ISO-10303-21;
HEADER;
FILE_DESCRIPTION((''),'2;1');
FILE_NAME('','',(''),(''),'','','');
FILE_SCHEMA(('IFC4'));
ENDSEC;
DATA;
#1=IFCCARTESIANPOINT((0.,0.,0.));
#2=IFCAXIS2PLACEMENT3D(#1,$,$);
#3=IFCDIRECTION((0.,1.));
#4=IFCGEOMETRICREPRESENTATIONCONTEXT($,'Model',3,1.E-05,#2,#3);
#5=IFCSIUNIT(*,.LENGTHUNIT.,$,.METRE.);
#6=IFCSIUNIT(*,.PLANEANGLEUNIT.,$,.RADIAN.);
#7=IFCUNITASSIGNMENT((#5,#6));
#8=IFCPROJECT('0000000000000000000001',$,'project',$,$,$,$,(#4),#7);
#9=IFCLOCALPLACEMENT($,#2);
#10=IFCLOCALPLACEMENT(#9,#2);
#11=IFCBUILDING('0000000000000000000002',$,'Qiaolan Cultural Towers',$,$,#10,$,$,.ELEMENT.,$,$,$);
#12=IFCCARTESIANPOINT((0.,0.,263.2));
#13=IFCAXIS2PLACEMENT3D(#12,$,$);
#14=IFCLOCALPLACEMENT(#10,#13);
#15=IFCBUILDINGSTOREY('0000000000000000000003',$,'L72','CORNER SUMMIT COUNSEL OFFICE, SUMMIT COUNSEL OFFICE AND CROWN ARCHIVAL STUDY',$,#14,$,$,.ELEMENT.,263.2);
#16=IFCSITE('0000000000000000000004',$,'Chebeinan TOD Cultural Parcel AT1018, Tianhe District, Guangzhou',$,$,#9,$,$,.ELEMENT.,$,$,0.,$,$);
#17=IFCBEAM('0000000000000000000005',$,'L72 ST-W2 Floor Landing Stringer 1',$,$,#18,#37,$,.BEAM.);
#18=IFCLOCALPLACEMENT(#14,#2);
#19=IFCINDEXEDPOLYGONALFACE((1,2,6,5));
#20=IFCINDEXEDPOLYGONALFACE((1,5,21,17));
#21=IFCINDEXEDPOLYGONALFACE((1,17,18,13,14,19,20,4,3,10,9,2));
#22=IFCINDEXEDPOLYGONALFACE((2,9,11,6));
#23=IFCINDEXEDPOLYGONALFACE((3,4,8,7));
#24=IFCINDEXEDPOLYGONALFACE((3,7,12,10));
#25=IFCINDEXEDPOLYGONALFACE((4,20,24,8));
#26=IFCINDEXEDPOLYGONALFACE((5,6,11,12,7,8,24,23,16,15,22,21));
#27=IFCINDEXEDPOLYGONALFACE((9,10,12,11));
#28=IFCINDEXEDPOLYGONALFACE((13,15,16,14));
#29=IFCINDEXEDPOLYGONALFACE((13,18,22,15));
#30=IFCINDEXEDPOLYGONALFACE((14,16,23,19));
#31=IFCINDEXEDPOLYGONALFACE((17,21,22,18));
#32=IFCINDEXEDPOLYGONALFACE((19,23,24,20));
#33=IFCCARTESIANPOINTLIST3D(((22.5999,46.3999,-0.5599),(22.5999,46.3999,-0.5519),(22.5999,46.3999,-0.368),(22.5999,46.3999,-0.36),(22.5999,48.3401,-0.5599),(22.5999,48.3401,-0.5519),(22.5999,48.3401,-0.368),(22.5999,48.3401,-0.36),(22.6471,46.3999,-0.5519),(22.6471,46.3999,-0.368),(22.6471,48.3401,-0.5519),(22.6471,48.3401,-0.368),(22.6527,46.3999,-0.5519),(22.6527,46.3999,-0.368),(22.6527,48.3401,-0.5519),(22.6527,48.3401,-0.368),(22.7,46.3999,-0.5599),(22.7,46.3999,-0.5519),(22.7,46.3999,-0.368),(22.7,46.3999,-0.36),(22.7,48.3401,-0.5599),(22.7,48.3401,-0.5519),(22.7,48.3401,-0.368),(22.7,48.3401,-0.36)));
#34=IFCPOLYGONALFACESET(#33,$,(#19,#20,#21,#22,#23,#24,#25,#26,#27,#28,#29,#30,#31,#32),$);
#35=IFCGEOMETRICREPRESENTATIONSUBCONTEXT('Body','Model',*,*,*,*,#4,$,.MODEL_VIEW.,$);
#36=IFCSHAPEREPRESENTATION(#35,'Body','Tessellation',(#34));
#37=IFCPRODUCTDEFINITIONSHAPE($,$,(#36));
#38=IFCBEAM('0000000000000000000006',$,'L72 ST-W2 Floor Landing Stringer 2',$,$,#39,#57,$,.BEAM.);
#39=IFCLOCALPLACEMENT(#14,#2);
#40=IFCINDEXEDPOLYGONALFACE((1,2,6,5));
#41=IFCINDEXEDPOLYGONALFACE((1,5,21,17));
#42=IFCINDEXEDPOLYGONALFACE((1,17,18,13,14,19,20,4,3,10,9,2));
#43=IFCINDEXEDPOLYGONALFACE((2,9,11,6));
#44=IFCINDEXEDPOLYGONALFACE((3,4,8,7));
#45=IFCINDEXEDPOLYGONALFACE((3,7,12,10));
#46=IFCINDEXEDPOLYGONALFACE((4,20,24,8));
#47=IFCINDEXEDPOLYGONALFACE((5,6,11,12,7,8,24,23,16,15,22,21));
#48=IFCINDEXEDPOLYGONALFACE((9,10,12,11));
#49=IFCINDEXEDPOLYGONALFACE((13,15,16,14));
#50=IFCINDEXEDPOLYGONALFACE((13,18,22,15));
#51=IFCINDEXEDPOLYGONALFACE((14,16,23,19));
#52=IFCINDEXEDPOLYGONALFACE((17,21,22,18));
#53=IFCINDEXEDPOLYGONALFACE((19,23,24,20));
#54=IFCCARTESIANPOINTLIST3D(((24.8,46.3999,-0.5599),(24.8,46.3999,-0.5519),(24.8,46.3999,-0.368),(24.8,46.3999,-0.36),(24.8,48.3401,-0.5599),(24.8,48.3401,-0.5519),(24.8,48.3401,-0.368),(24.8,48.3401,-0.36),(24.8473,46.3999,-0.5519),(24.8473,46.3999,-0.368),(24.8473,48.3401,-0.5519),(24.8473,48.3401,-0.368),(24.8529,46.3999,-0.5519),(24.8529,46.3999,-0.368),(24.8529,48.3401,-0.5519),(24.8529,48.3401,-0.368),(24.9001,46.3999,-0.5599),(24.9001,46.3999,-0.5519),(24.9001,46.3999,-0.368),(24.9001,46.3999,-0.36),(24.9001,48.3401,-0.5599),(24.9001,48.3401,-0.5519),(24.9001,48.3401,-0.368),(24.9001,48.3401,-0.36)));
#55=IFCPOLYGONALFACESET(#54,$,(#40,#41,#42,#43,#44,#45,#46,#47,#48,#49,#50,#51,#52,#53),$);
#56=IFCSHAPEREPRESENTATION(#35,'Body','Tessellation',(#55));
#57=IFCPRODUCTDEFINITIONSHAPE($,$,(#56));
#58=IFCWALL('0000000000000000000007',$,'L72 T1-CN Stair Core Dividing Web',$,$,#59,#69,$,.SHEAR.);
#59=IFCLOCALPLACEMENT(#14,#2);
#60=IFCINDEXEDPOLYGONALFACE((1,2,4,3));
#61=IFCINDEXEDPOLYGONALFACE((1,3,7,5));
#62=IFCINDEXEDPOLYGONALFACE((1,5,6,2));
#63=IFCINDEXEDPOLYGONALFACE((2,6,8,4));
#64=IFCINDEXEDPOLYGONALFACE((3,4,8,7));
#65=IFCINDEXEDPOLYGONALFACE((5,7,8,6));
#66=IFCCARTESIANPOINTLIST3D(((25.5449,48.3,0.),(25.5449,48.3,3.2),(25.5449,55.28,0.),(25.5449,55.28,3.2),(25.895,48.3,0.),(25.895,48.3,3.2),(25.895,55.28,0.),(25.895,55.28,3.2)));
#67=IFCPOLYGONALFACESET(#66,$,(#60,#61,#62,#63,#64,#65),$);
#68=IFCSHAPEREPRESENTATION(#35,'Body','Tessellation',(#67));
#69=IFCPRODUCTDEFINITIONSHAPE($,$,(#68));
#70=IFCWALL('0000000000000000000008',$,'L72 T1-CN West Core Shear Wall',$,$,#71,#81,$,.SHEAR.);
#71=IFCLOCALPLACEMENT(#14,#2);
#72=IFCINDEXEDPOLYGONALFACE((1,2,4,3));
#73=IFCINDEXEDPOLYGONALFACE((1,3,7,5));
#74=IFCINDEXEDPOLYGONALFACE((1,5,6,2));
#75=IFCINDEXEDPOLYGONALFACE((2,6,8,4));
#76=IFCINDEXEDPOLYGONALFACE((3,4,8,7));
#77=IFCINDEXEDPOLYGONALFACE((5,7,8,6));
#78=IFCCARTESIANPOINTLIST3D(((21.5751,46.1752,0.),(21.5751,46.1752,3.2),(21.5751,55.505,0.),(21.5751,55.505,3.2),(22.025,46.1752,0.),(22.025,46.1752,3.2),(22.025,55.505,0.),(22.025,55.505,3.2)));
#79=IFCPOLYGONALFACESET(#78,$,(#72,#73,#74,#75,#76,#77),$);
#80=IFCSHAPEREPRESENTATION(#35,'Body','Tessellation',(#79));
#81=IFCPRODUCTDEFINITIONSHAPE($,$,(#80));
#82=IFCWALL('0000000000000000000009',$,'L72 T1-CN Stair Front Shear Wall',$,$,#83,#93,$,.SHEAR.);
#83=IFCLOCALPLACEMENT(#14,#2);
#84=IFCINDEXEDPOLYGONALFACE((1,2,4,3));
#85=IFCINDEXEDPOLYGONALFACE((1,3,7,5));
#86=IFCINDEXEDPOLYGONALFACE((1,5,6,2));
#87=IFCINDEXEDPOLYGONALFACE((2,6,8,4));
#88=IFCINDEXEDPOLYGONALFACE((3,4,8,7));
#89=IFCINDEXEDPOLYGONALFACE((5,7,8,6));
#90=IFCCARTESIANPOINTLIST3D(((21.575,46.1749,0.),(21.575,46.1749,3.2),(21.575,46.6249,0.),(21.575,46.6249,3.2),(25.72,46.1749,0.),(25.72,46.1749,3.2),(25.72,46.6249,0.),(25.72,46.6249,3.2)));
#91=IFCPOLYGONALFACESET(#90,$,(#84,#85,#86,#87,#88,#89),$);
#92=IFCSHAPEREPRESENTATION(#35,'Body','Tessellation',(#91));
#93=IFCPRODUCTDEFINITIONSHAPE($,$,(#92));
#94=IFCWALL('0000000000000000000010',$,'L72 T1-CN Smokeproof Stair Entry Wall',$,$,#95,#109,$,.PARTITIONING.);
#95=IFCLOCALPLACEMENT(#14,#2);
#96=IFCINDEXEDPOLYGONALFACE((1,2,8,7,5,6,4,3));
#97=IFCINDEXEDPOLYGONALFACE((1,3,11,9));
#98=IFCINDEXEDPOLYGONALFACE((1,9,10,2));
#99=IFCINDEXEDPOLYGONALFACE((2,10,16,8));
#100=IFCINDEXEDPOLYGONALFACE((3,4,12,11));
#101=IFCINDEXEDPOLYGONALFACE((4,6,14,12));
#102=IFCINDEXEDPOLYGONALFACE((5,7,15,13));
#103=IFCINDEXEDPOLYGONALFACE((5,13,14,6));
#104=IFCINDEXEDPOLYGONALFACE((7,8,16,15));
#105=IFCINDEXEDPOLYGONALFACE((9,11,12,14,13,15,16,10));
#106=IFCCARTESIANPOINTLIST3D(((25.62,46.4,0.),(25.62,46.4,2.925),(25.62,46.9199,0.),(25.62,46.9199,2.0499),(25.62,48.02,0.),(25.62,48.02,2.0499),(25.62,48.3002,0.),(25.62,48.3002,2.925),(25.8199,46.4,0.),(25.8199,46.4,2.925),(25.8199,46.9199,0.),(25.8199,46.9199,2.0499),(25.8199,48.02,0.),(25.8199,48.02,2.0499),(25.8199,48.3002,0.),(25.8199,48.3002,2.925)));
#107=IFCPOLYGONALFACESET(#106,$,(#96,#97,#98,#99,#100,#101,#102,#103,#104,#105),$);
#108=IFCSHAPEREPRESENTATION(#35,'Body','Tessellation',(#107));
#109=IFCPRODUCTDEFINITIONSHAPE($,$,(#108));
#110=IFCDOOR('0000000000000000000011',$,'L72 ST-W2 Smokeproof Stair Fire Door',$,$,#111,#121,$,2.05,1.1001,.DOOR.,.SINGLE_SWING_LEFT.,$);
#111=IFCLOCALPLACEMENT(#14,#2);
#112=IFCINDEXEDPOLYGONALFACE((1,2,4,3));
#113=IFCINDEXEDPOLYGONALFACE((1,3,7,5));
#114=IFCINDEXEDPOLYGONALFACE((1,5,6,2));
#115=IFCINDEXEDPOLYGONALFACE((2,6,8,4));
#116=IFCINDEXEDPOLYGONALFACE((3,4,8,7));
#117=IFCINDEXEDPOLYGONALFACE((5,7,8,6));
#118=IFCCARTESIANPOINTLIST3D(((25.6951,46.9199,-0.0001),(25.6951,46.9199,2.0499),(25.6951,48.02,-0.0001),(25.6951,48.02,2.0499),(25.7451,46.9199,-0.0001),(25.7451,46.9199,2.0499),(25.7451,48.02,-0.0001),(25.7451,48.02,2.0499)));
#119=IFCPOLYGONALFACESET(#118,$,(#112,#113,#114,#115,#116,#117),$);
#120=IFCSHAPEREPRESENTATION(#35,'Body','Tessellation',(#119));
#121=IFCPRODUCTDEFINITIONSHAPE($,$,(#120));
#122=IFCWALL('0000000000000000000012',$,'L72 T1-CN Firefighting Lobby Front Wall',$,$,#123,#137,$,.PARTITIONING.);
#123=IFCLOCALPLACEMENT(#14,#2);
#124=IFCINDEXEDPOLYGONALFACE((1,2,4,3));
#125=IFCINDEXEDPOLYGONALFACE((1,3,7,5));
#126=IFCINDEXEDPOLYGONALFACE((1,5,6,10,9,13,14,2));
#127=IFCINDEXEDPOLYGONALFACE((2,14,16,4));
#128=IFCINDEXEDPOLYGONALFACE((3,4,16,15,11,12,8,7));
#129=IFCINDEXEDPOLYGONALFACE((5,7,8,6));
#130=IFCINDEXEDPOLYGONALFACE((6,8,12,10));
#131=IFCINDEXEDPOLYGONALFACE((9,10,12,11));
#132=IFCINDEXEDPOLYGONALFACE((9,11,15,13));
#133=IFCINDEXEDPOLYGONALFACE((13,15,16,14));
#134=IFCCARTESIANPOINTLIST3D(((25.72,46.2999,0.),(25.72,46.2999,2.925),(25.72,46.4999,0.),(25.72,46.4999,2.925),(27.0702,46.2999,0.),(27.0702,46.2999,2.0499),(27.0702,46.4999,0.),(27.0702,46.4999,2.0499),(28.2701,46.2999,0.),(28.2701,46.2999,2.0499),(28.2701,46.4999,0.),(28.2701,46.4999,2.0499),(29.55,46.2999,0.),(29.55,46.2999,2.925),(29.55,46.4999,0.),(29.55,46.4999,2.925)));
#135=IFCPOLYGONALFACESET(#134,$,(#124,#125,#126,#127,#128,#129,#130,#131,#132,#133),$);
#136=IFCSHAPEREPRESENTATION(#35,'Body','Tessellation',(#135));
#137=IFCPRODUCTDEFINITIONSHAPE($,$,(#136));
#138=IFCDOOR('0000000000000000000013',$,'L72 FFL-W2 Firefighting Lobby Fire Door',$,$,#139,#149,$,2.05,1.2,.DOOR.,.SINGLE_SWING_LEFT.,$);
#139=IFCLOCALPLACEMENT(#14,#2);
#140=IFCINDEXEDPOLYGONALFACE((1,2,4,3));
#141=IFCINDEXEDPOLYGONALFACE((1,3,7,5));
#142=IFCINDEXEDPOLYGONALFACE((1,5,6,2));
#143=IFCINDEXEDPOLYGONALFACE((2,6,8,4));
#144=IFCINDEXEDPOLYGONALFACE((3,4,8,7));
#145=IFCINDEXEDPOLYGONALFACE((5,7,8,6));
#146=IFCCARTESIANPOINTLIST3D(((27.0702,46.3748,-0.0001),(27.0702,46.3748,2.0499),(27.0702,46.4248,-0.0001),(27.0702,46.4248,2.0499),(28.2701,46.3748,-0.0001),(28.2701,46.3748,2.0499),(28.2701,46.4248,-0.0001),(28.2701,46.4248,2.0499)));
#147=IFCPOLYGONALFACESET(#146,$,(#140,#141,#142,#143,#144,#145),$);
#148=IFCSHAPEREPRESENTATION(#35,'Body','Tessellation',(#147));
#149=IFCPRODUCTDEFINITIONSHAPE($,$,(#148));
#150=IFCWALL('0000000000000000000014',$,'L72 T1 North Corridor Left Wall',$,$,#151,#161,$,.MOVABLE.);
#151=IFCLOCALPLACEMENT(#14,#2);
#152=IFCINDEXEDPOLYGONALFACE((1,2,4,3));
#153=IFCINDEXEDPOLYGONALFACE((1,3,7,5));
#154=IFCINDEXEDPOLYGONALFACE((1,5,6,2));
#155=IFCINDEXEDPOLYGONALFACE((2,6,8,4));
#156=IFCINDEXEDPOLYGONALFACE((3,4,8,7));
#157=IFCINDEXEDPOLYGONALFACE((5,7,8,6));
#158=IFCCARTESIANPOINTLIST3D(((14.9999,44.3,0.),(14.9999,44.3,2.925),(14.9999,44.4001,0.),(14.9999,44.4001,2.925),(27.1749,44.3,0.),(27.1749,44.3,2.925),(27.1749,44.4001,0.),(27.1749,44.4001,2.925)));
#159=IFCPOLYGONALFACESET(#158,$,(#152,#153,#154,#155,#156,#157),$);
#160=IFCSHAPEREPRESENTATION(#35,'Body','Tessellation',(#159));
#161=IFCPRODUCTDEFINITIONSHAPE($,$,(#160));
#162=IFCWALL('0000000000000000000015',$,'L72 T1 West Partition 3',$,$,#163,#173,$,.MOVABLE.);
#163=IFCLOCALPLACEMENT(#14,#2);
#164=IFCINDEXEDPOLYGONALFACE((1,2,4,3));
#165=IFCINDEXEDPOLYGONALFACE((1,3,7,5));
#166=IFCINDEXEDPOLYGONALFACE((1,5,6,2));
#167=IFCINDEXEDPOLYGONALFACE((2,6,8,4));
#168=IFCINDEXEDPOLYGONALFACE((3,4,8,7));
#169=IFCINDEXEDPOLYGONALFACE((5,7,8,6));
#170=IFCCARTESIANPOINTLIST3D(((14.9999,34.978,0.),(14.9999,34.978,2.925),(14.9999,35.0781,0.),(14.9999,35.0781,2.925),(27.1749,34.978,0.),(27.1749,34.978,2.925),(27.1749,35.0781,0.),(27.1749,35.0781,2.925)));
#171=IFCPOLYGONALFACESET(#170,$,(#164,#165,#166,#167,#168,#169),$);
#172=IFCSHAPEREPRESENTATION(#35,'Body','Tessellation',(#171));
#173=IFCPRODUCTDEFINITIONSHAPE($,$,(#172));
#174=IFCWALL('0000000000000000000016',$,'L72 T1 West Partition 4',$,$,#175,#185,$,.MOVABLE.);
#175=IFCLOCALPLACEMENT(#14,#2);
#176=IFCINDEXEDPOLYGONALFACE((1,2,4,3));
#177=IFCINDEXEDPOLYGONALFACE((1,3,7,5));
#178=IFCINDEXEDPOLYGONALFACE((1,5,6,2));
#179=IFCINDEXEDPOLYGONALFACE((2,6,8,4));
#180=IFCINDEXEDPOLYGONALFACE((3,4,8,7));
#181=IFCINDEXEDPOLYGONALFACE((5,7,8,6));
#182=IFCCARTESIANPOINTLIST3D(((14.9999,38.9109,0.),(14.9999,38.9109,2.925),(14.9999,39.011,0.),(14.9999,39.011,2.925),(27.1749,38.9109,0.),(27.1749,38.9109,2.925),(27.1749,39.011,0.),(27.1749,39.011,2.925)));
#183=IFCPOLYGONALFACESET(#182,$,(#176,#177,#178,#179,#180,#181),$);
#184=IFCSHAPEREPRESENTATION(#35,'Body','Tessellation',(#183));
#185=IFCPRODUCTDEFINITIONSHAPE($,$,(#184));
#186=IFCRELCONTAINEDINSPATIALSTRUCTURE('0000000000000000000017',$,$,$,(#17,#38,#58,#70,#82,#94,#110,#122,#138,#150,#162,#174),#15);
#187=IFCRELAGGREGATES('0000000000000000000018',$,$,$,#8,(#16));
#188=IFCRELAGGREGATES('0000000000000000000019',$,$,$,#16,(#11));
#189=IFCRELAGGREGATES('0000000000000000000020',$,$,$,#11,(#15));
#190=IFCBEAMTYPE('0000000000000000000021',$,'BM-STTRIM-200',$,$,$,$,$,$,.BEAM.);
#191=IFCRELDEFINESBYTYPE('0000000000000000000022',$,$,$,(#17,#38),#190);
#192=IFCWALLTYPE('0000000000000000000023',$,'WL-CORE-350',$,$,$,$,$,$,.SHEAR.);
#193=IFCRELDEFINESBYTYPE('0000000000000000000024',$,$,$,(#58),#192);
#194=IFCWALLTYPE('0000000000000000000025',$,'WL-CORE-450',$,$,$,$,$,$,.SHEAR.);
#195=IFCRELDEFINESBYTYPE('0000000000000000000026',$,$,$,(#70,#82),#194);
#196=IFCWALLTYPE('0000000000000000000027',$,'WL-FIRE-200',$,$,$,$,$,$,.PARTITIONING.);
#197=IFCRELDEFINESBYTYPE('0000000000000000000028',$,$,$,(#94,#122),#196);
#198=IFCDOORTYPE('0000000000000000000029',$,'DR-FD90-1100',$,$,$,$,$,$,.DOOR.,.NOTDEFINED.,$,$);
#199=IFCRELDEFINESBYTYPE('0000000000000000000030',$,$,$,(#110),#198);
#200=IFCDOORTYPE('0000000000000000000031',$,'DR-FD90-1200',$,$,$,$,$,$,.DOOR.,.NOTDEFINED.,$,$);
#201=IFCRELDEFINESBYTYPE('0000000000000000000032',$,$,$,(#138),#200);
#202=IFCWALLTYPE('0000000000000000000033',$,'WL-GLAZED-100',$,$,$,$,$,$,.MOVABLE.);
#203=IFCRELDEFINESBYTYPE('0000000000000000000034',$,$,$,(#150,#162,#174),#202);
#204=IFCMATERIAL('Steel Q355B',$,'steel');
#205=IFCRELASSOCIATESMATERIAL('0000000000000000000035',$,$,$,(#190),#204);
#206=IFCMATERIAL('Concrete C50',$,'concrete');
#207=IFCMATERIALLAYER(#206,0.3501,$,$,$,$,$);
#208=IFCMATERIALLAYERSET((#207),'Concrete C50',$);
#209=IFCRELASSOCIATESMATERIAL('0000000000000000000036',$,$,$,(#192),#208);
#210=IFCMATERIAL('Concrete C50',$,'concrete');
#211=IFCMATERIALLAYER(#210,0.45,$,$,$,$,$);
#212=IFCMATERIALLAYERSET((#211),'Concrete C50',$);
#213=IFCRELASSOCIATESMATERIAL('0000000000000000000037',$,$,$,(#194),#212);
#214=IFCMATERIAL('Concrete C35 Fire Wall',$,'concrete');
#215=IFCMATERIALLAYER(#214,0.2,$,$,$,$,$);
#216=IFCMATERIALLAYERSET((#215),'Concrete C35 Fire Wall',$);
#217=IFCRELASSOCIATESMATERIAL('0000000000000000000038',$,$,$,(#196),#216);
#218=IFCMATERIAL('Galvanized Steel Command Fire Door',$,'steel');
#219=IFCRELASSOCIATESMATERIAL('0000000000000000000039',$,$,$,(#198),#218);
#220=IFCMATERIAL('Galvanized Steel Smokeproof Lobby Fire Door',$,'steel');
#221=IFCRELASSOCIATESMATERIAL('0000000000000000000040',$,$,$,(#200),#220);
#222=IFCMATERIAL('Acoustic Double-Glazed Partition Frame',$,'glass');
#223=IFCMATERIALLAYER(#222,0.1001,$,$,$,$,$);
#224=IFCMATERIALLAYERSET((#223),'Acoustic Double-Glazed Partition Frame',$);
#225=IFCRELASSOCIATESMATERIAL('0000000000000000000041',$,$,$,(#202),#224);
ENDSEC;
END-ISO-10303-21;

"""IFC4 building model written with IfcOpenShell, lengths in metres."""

from ifc_helpers import new_model, si_unit, direction, frame, frame_2d, origin, origin_2d, place, context, subcontext, project, spatial, rectangle, i_section, extrude, material, layer, layer_set, material_profile, profile_set, type_object, element, fill, save


model = new_model("IFC4")

# Units and contexts
model_context = context("Model", 3, precision=1e-05, world=origin(), true_north=direction((0.0, 1.0)))
body_context = subcontext(model_context, "Body", "Model", "MODEL_VIEW")
ifc_project = project(units=[si_unit("LENGTHUNIT", "METRE"), si_unit("PLANEANGLEUNIT", "RADIAN")], contexts=[model_context])

# Site, building, storey
site_placement = place(None, origin())
site = spatial("IfcSite", under=ifc_project, at=site_placement, Name="Chebeinan TOD Cultural Parcel AT1018, Tianhe District, Guangzhou", CompositionType="ELEMENT", RefElevation=0.0)
building_placement = place(site_placement, origin())
building = spatial("IfcBuilding", under=site, at=building_placement, Name="Qiaolan Cultural Towers", CompositionType="ELEMENT")
storey_placement = place(building_placement, frame((0.0, 0.0, 263.2)))
storey = spatial("IfcBuildingStorey", under=building, at=storey_placement, Name="L72", Description="CORNER SUMMIT COUNSEL OFFICE, SUMMIT COUNSEL OFFICE AND CROWN ARCHIVAL STUDY", CompositionType="ELEMENT", Elevation=263.2)

# Beams
ifc_material_1 = material(Name="Steel Q355B", Category="steel")
ifc_material_profile_1 = material_profile(ifc_material_1, i_section(OverallWidth=0.1001, OverallDepth=0.2, WebThickness=0.0056, FlangeThickness=0.0081, at=origin_2d()), Name="HN200x100x5.5x8")
ifc_profile_set_1 = profile_set([ifc_material_profile_1], Name="Steel Q355B")
beam_type_1 = type_object("IfcBeamType", Name="BM-STTRIM-200", PredefinedType="BEAM", material=ifc_profile_set_1)
for number, where, z_axis, x_axis, name in (
    (1, (22.6499, 46.3999, -0.46), (0.0, 1.0, 0.0), (-1.0, 0.0, 0.0), "L72 ST-W2 Floor Landing Stringer 1"),
    (2, (24.8501, 46.3999, -0.46), (0.0, 1.0, 0.0), (-1.0, 0.0, 0.0), "L72 ST-W2 Floor Landing Stringer 2"),
):
    element("IfcBeam", number, at=place(storey_placement, frame(where, z_axis=z_axis, x_axis=x_axis)), inside=storey, type_object=beam_type_1, Name=name, PredefinedType="BEAM", context=body_context, shape_type="SweptSolid", body=[
        extrude(i_section(OverallWidth=0.1001, OverallDepth=0.2, WebThickness=0.0056, FlangeThickness=0.0081, at=origin_2d()), origin(), (0.0, 0.0, 1.0), 1.9402),
    ])

# Walls
ifc_material_2 = material(Name="Concrete C50", Category="concrete")
ifc_layer_1 = layer(ifc_material_2, 0.3501)
ifc_layer_set_1 = layer_set([ifc_layer_1], Name="Concrete C50")
wall_type_1 = type_object("IfcWallType", Name="WL-CORE-350", PredefinedType="SHEAR", material=ifc_layer_set_1)
wall_1_placement = place(storey_placement, frame((25.72, 48.3, 0.0), z_axis=(0.0, 0.0, 1.0), x_axis=(0.0, 1.0, 0.0)))
element("IfcWall", 3, at=wall_1_placement, inside=storey, type_object=wall_type_1, Name="L72 T1-CN Stair Core Dividing Web", PredefinedType="SHEAR", context=body_context, shape_type="SweptSolid", body=[
    extrude(rectangle(XDim=6.98, YDim=0.3501, at=frame_2d((3.49, 0.0))), origin(), (0.0, 0.0, 1.0), 3.2),
])
ifc_material_3 = material(Name="Concrete C50", Category="concrete")
ifc_layer_2 = layer(ifc_material_3, 0.45)
ifc_layer_set_2 = layer_set([ifc_layer_2], Name="Concrete C50")
wall_type_2 = type_object("IfcWallType", Name="WL-CORE-450", PredefinedType="SHEAR", material=ifc_layer_set_2)
wall_2_placement = place(storey_placement, frame((21.8, 46.175, 0.0), z_axis=(0.0, 0.0, 1.0), x_axis=(0.0, 1.0, 0.0)))
element("IfcWall", 4, at=wall_2_placement, inside=storey, type_object=wall_type_2, Name="L72 T1-CN West Core Shear Wall", PredefinedType="SHEAR", context=body_context, shape_type="SweptSolid", body=[
    extrude(rectangle(XDim=9.3298, YDim=0.45, at=frame_2d((4.665, 0.0))), origin(), (0.0, 0.0, 1.0), 3.2),
])
wall_3_placement = place(storey_placement, frame((21.575, 46.3999, 0.0), z_axis=(0.0, 0.0, 1.0), x_axis=(1.0, 0.0, 0.0)))
element("IfcWall", 5, at=wall_3_placement, inside=storey, type_object=wall_type_2, Name="L72 T1-CN Stair Front Shear Wall", PredefinedType="SHEAR", context=body_context, shape_type="SweptSolid", body=[
    extrude(rectangle(XDim=4.145, YDim=0.45, at=frame_2d((2.0725, 0.0))), origin(), (0.0, 0.0, 1.0), 3.2),
])

# Walls, openings, doors
ifc_material_4 = material(Name="Concrete C35 Fire Wall", Category="concrete")
ifc_layer_3 = layer(ifc_material_4, 0.2)
ifc_layer_set_3 = layer_set([ifc_layer_3], Name="Concrete C35 Fire Wall")
wall_type_3 = type_object("IfcWallType", Name="WL-FIRE-200", PredefinedType="PARTITIONING", material=ifc_layer_set_3)
wall_4_placement = place(storey_placement, frame((25.72, 46.3999, 0.0), z_axis=(0.0, 0.0, 1.0), x_axis=(0.0, 1.0, 0.0)))
wall_4 = element("IfcWall", 6, at=wall_4_placement, inside=storey, type_object=wall_type_3, Name="L72 T1-CN Smokeproof Stair Entry Wall", PredefinedType="PARTITIONING", context=body_context, shape_type="SweptSolid", body=[
    extrude(rectangle(XDim=1.9001, YDim=0.2, at=frame_2d((0.9502, 0.0))), origin(), (0.0, 0.0, 1.0), 2.925),
])
opening_1_placement = place(wall_4_placement, frame((0.52, 0.0, 0.0)))
opening_1 = element("IfcOpeningElement", 7, at=opening_1_placement, cuts=wall_4, PredefinedType="OPENING", context=body_context, shape_type="SweptSolid", body=[
    extrude(rectangle(XDim=1.1001, YDim=2.05, at=frame_2d((0.55, 1.0249))), frame((0.0, 0.1099, 0.0), z_axis=(0.0, -1.0, 0.0), x_axis=(1.0, 0.0, 0.0)), (0.0, 0.0, 1.0), 0.22),
])
ifc_material_5 = material(Name="Galvanized Steel Command Fire Door", Category="steel")
door_type_1 = type_object("IfcDoorType", Name="DR-FD90-1100", OperationType="NOTDEFINED", PredefinedType="DOOR", material=ifc_material_5)
door_1_placement = place(opening_1_placement, origin())
door_1 = element("IfcDoor", 8, at=door_1_placement, inside=storey, type_object=door_type_1, Name="L72 ST-W2 Smokeproof Stair Fire Door", OperationType="SINGLE_SWING_LEFT", OverallHeight=2.05, OverallWidth=1.1001, PredefinedType="DOOR", context=body_context, shape_type="SweptSolid", body=[
    extrude(rectangle(XDim=1.1001, YDim=2.05, at=frame_2d((0.55, 1.0249))), frame((0.0, 0.0249, 0.0), z_axis=(0.0, -1.0, 0.0), x_axis=(1.0, 0.0, 0.0)), (0.0, 0.0, 1.0), 0.05),
])
fill(opening_1, door_1)
wall_5_placement = place(storey_placement, frame((25.72, 46.3999, 0.0), z_axis=(0.0, 0.0, 1.0), x_axis=(1.0, 0.0, 0.0)))
wall_5 = element("IfcWall", 9, at=wall_5_placement, inside=storey, type_object=wall_type_3, Name="L72 T1-CN Firefighting Lobby Front Wall", PredefinedType="PARTITIONING", context=body_context, shape_type="SweptSolid", body=[
    extrude(rectangle(XDim=3.8301, YDim=0.2, at=frame_2d((1.915, 0.0))), origin(), (0.0, 0.0, 1.0), 2.925),
])
opening_2_placement = place(wall_5_placement, frame((1.3501, 0.0, 0.0)))
opening_2 = element("IfcOpeningElement", 10, at=opening_2_placement, cuts=wall_5, PredefinedType="OPENING", context=body_context, shape_type="SweptSolid", body=[
    extrude(rectangle(XDim=1.2, YDim=2.05, at=frame_2d((0.6001, 1.0249))), frame((0.0, 0.1099, 0.0), z_axis=(0.0, -1.0, 0.0), x_axis=(1.0, 0.0, 0.0)), (0.0, 0.0, 1.0), 0.22),
])
ifc_material_6 = material(Name="Galvanized Steel Smokeproof Lobby Fire Door", Category="steel")
door_type_2 = type_object("IfcDoorType", Name="DR-FD90-1200", OperationType="NOTDEFINED", PredefinedType="DOOR", material=ifc_material_6)
door_2_placement = place(opening_2_placement, origin())
door_2 = element("IfcDoor", 11, at=door_2_placement, inside=storey, type_object=door_type_2, Name="L72 FFL-W2 Firefighting Lobby Fire Door", OperationType="SINGLE_SWING_LEFT", OverallHeight=2.05, OverallWidth=1.2, PredefinedType="DOOR", context=body_context, shape_type="SweptSolid", body=[
    extrude(rectangle(XDim=1.2, YDim=2.05, at=frame_2d((0.6001, 1.0249))), frame((0.0, 0.0249, 0.0), z_axis=(0.0, -1.0, 0.0), x_axis=(1.0, 0.0, 0.0)), (0.0, 0.0, 1.0), 0.05),
])
fill(opening_2, door_2)

# Walls
ifc_material_7 = material(Name="Acoustic Double-Glazed Partition Frame", Category="glass")
ifc_layer_4 = layer(ifc_material_7, 0.1001)
ifc_layer_set_4 = layer_set([ifc_layer_4], Name="Acoustic Double-Glazed Partition Frame")
wall_type_4 = type_object("IfcWallType", Name="WL-GLAZED-100", PredefinedType="MOVABLE", material=ifc_layer_set_4)
for number, where, z_axis, x_axis, name in (
    (12, (15.0, 44.3501, 0.0), (0.0, 0.0, 1.0), (1.0, 0.0, 0.0), "L72 T1 North Corridor Left Wall"),
    (13, (15.0, 35.0281, 0.0), (0.0, 0.0, 1.0), (1.0, 0.0, 0.0), "L72 T1 West Partition 3"),
    (14, (15.0, 38.9609, 0.0), (0.0, 0.0, 1.0), (1.0, 0.0, 0.0), "L72 T1 West Partition 4"),
):
    element("IfcWall", number, at=place(storey_placement, frame(where, z_axis=z_axis, x_axis=x_axis)), inside=storey, type_object=wall_type_4, Name=name, PredefinedType="MOVABLE", context=body_context, shape_type="SweptSolid", body=[
        extrude(rectangle(XDim=12.175, YDim=0.1001, at=frame_2d((6.0874, 0.0))), origin(), (0.0, 0.0, 1.0), 2.925),
    ])

save(model, "model.ifc")
